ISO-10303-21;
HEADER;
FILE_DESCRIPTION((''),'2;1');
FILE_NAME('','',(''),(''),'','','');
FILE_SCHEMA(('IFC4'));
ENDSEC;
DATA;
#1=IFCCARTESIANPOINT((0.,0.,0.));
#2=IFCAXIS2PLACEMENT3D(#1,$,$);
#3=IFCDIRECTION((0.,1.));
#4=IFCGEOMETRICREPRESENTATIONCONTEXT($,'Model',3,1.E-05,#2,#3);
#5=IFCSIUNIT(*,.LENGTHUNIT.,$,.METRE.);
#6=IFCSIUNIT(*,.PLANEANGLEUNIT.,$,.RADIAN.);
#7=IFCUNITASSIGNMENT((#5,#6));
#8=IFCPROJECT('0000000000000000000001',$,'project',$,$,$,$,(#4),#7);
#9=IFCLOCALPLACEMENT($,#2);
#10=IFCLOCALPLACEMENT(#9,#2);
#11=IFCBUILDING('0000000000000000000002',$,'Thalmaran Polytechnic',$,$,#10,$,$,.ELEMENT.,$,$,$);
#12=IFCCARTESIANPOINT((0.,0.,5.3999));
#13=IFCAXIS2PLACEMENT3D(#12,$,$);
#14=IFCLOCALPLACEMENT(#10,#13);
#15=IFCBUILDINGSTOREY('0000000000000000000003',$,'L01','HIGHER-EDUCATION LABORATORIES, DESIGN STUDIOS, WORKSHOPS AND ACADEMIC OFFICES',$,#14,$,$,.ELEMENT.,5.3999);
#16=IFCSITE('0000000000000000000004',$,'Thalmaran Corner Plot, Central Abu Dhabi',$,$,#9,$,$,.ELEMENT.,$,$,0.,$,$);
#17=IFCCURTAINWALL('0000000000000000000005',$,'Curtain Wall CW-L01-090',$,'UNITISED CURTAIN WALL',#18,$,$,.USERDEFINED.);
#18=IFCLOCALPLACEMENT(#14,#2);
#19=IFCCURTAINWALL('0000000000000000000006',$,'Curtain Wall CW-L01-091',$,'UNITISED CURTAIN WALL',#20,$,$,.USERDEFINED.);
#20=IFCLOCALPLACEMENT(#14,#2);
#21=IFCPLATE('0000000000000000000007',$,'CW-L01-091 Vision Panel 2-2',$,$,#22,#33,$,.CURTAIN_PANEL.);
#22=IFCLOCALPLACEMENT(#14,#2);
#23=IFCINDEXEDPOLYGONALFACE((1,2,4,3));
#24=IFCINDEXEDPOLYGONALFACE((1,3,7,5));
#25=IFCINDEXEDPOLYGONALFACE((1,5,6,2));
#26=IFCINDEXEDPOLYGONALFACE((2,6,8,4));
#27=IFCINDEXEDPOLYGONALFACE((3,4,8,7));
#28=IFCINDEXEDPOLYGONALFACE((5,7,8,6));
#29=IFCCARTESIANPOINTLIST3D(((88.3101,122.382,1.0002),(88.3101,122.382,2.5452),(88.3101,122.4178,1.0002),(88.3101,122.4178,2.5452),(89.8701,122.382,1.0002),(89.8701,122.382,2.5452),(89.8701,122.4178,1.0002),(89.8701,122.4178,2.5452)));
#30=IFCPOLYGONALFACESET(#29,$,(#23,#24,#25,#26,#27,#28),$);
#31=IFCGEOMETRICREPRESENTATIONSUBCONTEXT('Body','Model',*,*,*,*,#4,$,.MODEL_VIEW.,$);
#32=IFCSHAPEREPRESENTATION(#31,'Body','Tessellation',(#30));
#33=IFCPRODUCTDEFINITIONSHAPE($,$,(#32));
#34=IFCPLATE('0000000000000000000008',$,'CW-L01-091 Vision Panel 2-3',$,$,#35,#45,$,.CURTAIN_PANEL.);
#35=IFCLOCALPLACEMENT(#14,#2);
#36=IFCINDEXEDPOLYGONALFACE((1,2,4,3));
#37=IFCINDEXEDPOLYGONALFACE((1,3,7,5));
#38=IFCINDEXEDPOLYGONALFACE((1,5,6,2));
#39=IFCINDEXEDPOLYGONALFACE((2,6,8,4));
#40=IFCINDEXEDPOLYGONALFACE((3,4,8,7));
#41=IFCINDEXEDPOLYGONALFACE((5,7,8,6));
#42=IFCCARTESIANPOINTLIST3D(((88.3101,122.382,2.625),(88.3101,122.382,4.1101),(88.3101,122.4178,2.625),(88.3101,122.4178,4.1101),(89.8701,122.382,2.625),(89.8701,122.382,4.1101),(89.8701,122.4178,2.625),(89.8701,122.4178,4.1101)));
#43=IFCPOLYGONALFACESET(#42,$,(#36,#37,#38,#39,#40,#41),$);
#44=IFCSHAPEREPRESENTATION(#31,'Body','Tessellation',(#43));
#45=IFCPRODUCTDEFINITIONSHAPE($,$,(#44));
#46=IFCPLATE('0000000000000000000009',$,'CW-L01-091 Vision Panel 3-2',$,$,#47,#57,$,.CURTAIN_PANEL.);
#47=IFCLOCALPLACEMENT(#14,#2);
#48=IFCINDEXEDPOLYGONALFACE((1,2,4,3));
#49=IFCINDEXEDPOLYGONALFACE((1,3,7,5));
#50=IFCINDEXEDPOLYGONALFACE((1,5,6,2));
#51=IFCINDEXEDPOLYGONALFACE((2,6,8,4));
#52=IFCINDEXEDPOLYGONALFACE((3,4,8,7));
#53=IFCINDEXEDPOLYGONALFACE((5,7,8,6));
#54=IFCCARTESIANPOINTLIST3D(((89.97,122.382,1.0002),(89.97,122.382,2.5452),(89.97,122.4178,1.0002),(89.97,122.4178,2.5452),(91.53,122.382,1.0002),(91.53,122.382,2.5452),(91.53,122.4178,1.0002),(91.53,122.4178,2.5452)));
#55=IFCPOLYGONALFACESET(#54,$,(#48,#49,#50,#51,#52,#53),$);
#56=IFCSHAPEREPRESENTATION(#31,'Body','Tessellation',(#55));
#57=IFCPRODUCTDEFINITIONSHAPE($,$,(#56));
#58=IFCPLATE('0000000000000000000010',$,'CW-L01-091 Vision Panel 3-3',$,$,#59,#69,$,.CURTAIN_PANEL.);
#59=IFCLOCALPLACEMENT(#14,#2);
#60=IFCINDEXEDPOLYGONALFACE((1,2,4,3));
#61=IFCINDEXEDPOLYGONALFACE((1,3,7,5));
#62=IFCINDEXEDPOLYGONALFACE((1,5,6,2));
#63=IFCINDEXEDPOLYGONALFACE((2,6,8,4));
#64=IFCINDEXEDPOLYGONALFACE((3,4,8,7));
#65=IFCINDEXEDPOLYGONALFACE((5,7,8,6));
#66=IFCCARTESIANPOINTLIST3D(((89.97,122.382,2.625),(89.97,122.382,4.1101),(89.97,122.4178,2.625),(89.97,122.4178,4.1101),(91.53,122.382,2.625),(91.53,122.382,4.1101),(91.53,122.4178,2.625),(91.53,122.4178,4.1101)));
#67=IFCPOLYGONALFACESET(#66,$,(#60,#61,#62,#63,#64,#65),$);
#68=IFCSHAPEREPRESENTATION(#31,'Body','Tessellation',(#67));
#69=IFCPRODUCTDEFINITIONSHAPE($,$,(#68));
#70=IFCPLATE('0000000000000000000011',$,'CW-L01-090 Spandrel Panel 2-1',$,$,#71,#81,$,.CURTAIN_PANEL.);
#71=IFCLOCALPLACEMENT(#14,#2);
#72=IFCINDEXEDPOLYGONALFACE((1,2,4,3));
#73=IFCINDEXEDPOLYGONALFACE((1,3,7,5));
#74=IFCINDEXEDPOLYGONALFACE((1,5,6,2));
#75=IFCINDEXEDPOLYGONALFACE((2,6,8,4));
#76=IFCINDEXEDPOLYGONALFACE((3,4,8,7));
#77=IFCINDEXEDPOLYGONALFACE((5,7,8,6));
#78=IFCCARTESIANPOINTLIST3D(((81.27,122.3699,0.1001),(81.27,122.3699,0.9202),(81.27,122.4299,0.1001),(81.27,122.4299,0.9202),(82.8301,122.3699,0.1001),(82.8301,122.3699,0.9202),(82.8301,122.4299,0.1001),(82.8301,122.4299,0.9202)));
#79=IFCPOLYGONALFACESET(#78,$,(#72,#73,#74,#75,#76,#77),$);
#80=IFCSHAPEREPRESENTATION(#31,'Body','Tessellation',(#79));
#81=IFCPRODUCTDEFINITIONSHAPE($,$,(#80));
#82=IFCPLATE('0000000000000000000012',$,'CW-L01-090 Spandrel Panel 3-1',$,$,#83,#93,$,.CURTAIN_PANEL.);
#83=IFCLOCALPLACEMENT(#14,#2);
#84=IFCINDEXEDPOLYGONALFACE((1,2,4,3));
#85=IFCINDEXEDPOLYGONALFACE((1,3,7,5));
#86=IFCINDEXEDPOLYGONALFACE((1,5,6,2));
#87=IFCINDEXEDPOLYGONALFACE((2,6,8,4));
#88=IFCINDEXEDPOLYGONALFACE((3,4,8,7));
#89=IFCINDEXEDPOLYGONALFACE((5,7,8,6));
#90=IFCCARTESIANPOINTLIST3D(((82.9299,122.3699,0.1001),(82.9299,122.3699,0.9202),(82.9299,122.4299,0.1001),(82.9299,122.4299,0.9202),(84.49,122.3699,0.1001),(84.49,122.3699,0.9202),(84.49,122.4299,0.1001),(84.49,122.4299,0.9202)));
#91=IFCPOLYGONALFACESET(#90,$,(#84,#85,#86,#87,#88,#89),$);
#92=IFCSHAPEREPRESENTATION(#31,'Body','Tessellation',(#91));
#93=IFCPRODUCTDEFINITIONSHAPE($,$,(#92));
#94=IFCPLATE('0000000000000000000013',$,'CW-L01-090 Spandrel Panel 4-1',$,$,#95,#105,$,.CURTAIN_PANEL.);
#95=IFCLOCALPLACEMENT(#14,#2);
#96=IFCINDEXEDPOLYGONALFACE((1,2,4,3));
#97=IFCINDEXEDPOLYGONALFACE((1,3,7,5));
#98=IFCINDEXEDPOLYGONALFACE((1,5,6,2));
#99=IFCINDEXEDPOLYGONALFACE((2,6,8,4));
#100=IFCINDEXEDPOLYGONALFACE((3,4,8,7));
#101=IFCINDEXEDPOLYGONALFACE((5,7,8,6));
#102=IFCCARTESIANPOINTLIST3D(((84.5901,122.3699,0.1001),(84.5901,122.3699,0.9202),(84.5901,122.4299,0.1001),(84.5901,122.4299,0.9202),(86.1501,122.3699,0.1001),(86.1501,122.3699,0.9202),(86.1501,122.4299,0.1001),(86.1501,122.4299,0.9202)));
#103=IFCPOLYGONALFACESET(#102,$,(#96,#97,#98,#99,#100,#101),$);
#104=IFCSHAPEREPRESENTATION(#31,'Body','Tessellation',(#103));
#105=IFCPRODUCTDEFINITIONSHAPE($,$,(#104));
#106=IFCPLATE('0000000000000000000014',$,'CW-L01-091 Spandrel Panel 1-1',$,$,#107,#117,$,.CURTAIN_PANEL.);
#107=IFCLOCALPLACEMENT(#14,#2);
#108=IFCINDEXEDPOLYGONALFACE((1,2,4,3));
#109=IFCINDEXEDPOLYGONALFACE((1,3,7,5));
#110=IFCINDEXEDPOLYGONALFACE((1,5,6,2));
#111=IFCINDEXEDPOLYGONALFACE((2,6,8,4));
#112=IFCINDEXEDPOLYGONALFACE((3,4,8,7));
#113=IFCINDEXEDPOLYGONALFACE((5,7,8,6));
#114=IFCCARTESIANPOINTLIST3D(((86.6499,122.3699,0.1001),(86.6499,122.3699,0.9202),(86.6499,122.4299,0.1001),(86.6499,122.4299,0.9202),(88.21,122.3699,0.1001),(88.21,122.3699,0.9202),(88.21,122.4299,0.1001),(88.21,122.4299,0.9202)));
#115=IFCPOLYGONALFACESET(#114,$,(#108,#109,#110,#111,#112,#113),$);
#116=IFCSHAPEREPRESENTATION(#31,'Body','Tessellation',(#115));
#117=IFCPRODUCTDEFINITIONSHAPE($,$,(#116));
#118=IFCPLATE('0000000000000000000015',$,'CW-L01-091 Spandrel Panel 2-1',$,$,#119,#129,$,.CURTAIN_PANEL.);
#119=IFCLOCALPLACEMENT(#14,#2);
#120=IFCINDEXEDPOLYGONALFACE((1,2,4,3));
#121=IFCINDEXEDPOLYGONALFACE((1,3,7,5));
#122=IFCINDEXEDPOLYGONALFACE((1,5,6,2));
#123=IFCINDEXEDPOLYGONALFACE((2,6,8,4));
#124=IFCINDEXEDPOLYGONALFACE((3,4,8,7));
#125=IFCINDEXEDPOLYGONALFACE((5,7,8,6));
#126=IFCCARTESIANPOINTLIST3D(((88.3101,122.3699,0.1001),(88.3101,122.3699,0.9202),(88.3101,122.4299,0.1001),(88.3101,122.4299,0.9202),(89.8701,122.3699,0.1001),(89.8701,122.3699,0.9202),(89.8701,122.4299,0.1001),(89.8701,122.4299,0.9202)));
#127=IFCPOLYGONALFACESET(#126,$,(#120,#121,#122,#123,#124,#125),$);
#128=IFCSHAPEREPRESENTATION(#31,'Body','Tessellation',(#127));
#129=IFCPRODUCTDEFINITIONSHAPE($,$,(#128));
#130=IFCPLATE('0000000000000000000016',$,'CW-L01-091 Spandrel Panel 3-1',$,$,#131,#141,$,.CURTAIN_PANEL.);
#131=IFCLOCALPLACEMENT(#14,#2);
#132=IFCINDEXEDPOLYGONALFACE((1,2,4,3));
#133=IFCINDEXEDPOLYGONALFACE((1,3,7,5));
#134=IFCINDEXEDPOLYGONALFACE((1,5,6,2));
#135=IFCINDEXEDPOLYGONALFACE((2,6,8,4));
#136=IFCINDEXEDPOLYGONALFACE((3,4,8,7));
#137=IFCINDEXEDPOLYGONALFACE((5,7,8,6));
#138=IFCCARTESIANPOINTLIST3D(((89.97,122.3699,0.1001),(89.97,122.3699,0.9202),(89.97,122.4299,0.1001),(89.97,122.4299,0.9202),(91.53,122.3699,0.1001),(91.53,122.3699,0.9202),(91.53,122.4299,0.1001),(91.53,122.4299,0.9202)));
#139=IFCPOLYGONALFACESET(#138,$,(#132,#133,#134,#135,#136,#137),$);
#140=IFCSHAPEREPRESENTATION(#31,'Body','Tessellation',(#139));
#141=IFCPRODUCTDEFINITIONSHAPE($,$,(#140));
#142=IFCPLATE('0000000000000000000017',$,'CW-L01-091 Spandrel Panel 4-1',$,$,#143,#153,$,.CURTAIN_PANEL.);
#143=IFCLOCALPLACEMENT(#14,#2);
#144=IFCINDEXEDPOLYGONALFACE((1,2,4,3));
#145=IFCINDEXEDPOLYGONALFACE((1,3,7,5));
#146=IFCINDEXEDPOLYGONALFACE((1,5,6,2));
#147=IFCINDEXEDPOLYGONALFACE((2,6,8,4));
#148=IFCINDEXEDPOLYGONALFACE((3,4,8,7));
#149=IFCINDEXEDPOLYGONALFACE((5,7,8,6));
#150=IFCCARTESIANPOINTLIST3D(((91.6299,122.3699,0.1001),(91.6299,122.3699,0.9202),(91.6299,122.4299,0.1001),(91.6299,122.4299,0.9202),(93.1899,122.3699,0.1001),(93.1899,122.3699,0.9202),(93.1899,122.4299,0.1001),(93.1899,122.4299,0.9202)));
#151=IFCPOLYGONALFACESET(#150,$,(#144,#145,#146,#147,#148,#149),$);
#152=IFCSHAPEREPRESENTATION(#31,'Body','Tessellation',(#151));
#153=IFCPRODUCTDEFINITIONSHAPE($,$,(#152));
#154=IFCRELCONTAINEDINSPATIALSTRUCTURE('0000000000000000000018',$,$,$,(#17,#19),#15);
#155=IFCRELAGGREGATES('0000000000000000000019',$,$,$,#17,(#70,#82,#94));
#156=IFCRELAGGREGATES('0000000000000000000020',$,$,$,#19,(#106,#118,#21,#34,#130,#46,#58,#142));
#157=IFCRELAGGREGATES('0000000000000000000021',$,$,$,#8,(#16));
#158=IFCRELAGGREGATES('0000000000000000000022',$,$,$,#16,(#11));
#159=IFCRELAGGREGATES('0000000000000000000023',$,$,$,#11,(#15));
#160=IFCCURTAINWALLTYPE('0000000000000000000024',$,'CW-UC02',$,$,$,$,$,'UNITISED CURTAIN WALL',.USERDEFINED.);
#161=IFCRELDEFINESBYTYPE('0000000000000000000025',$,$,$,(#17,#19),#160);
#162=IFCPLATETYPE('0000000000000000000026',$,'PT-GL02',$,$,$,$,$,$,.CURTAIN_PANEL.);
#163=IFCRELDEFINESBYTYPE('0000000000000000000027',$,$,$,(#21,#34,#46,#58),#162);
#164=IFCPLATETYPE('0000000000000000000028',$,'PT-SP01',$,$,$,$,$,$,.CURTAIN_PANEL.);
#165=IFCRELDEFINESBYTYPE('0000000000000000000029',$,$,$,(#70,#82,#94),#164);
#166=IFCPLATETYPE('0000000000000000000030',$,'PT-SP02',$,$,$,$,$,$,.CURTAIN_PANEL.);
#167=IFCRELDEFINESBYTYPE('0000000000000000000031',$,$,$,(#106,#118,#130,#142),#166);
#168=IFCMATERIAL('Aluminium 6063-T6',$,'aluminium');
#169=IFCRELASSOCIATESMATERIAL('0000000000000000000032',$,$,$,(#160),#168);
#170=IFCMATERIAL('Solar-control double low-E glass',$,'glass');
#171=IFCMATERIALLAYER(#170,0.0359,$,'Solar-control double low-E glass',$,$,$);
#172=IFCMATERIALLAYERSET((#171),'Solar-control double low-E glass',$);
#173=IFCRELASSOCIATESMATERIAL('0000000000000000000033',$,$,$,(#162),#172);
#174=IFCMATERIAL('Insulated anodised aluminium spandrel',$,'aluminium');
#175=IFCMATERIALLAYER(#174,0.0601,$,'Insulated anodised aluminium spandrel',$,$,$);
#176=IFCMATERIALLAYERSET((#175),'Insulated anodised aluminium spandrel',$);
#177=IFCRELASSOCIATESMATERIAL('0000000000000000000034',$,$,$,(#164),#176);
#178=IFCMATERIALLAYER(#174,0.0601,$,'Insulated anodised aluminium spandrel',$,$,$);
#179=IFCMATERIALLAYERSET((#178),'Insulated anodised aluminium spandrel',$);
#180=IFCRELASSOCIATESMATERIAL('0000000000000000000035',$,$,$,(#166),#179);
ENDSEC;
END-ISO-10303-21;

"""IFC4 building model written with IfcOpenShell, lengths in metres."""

from ifc_helpers import new_model, si_unit, direction, frame, origin, origin_2d, place, context, subcontext, project, spatial, rectangle, extrude, material, layer, layer_set, type_object, element, aggregate, save


model = new_model("IFC4")

# Units and contexts
model_context = context("Model", 3, precision=1e-05, world=origin(), true_north=direction((0.0, 1.0)))
body_context = subcontext(model_context, "Body", "Model", "MODEL_VIEW")
ifc_project = project(units=[si_unit("LENGTHUNIT", "METRE"), si_unit("PLANEANGLEUNIT", "RADIAN")], contexts=[model_context])

# Site, building, storey
site_placement = place(None, origin())
site = spatial("IfcSite", under=ifc_project, at=site_placement, Name="Thalmaran Corner Plot, Central Abu Dhabi", CompositionType="ELEMENT", RefElevation=0.0)
building_placement = place(site_placement, origin())
building = spatial("IfcBuilding", under=site, at=building_placement, Name="Thalmaran Polytechnic", CompositionType="ELEMENT")
storey_placement = place(building_placement, frame((0.0, 0.0, 5.3999)))
storey = spatial("IfcBuildingStorey", under=building, at=storey_placement, Name="L01", Description="HIGHER-EDUCATION LABORATORIES, DESIGN STUDIOS, WORKSHOPS AND ACADEMIC OFFICES", CompositionType="ELEMENT", Elevation=5.3999)

# Curtain walls
ifc_material_1 = material(Name="Aluminium 6063-T6", Category="aluminium")
curtain_wall_type = type_object("IfcCurtainWallType", Name="CW-UC02", ElementType="UNITISED CURTAIN WALL", PredefinedType="USERDEFINED", material=ifc_material_1)
curtain_wall_1_placement = place(storey_placement, origin())
curtain_wall_1 = element("IfcCurtainWall", 1, at=curtain_wall_1_placement, inside=storey, type_object=curtain_wall_type, Name="Curtain Wall CW-L01-090", ObjectType="UNITISED CURTAIN WALL", PredefinedType="USERDEFINED")
curtain_wall_2_placement = place(storey_placement, origin())
curtain_wall_2 = element("IfcCurtainWall", 2, at=curtain_wall_2_placement, inside=storey, type_object=curtain_wall_type, Name="Curtain Wall CW-L01-091", ObjectType="UNITISED CURTAIN WALL", PredefinedType="USERDEFINED")

# Plates
ifc_material_2 = material(Name="Solar-control double low-E glass", Category="glass")
ifc_layer_1 = layer(ifc_material_2, 0.0359, Name="Solar-control double low-E glass")
ifc_layer_set_1 = layer_set([ifc_layer_1], Name="Solar-control double low-E glass")
plate_type_1 = type_object("IfcPlateType", Name="PT-GL02", PredefinedType="CURTAIN_PANEL", material=ifc_layer_set_1)
plate_1_placement = place(storey_placement, frame((89.0901, 122.3999, 1.0002), z_axis=(0.0, 0.0, 1.0), x_axis=(1.0, 0.0, 0.0)))
plate_1 = element("IfcPlate", 3, at=plate_1_placement, type_object=plate_type_1, Name="CW-L01-091 Vision Panel 2-2", PredefinedType="CURTAIN_PANEL", context=body_context, shape_type="SweptSolid", body=[
    extrude(rectangle(XDim=1.5601, YDim=0.0359, at=origin_2d()), origin(), (0.0, 0.0, 1.0), 1.5449),
])
plate_2_placement = place(storey_placement, frame((89.0901, 122.3999, 2.625), z_axis=(0.0, 0.0, 1.0), x_axis=(1.0, 0.0, 0.0)))
plate_2 = element("IfcPlate", 4, at=plate_2_placement, type_object=plate_type_1, Name="CW-L01-091 Vision Panel 2-3", PredefinedType="CURTAIN_PANEL", context=body_context, shape_type="SweptSolid", body=[
    extrude(rectangle(XDim=1.5601, YDim=0.0359, at=origin_2d()), origin(), (0.0, 0.0, 1.0), 1.4851),
])
plate_3_placement = place(storey_placement, frame((90.75, 122.3999, 1.0002), z_axis=(0.0, 0.0, 1.0), x_axis=(1.0, 0.0, 0.0)))
plate_3 = element("IfcPlate", 5, at=plate_3_placement, type_object=plate_type_1, Name="CW-L01-091 Vision Panel 3-2", PredefinedType="CURTAIN_PANEL", context=body_context, shape_type="SweptSolid", body=[
    extrude(rectangle(XDim=1.5601, YDim=0.0359, at=origin_2d()), origin(), (0.0, 0.0, 1.0), 1.5449),
])
plate_4_placement = place(storey_placement, frame((90.75, 122.3999, 2.625), z_axis=(0.0, 0.0, 1.0), x_axis=(1.0, 0.0, 0.0)))
plate_4 = element("IfcPlate", 6, at=plate_4_placement, type_object=plate_type_1, Name="CW-L01-091 Vision Panel 3-3", PredefinedType="CURTAIN_PANEL", context=body_context, shape_type="SweptSolid", body=[
    extrude(rectangle(XDim=1.5601, YDim=0.0359, at=origin_2d()), origin(), (0.0, 0.0, 1.0), 1.4851),
])
ifc_material_3 = material(Name="Insulated anodised aluminium spandrel", Category="aluminium")
ifc_layer_2 = layer(ifc_material_3, 0.0601, Name="Insulated anodised aluminium spandrel")
ifc_layer_set_2 = layer_set([ifc_layer_2], Name="Insulated anodised aluminium spandrel")
plate_type_2 = type_object("IfcPlateType", Name="PT-SP01", PredefinedType="CURTAIN_PANEL", material=ifc_layer_set_2)
plate_5_placement = place(storey_placement, frame((82.05, 122.3999, 0.1001), z_axis=(0.0, 0.0, 1.0), x_axis=(1.0, 0.0, 0.0)))
plate_5 = element("IfcPlate", 7, at=plate_5_placement, type_object=plate_type_2, Name="CW-L01-090 Spandrel Panel 2-1", PredefinedType="CURTAIN_PANEL", context=body_context, shape_type="SweptSolid", body=[
    extrude(rectangle(XDim=1.5601, YDim=0.0601, at=origin_2d()), origin(), (0.0, 0.0, 1.0), 0.8201),
])
plate_6_placement = place(storey_placement, frame((83.71, 122.3999, 0.1001), z_axis=(0.0, 0.0, 1.0), x_axis=(1.0, 0.0, 0.0)))
plate_6 = element("IfcPlate", 8, at=plate_6_placement, type_object=plate_type_2, Name="CW-L01-090 Spandrel Panel 3-1", PredefinedType="CURTAIN_PANEL", context=body_context, shape_type="SweptSolid", body=[
    extrude(rectangle(XDim=1.5601, YDim=0.0601, at=origin_2d()), origin(), (0.0, 0.0, 1.0), 0.8201),
])
plate_7_placement = place(storey_placement, frame((85.3701, 122.3999, 0.1001), z_axis=(0.0, 0.0, 1.0), x_axis=(1.0, 0.0, 0.0)))
plate_7 = element("IfcPlate", 9, at=plate_7_placement, type_object=plate_type_2, Name="CW-L01-090 Spandrel Panel 4-1", PredefinedType="CURTAIN_PANEL", context=body_context, shape_type="SweptSolid", body=[
    extrude(rectangle(XDim=1.5601, YDim=0.0601, at=origin_2d()), origin(), (0.0, 0.0, 1.0), 0.8201),
])
aggregate(curtain_wall_1, [plate_5, plate_6, plate_7])
ifc_layer_3 = layer(ifc_material_3, 0.0601, Name="Insulated anodised aluminium spandrel")
ifc_layer_set_3 = layer_set([ifc_layer_3], Name="Insulated anodised aluminium spandrel")
plate_type_3 = type_object("IfcPlateType", Name="PT-SP02", PredefinedType="CURTAIN_PANEL", material=ifc_layer_set_3)
plate_8_placement = place(storey_placement, frame((87.4299, 122.3999, 0.1001), z_axis=(0.0, 0.0, 1.0), x_axis=(1.0, 0.0, 0.0)))
plate_8 = element("IfcPlate", 10, at=plate_8_placement, type_object=plate_type_3, Name="CW-L01-091 Spandrel Panel 1-1", PredefinedType="CURTAIN_PANEL", context=body_context, shape_type="SweptSolid", body=[
    extrude(rectangle(XDim=1.5601, YDim=0.0601, at=origin_2d()), origin(), (0.0, 0.0, 1.0), 0.8201),
])
plate_9_placement = place(storey_placement, frame((89.0901, 122.3999, 0.1001), z_axis=(0.0, 0.0, 1.0), x_axis=(1.0, 0.0, 0.0)))
plate_9 = element("IfcPlate", 11, at=plate_9_placement, type_object=plate_type_3, Name="CW-L01-091 Spandrel Panel 2-1", PredefinedType="CURTAIN_PANEL", context=body_context, shape_type="SweptSolid", body=[
    extrude(rectangle(XDim=1.5601, YDim=0.0601, at=origin_2d()), origin(), (0.0, 0.0, 1.0), 0.8201),
])
plate_10_placement = place(storey_placement, frame((90.75, 122.3999, 0.1001), z_axis=(0.0, 0.0, 1.0), x_axis=(1.0, 0.0, 0.0)))
plate_10 = element("IfcPlate", 12, at=plate_10_placement, type_object=plate_type_3, Name="CW-L01-091 Spandrel Panel 3-1", PredefinedType="CURTAIN_PANEL", context=body_context, shape_type="SweptSolid", body=[
    extrude(rectangle(XDim=1.5601, YDim=0.0601, at=origin_2d()), origin(), (0.0, 0.0, 1.0), 0.8201),
])
plate_11_placement = place(storey_placement, frame((92.4099, 122.3999, 0.1001), z_axis=(0.0, 0.0, 1.0), x_axis=(1.0, 0.0, 0.0)))
plate_11 = element("IfcPlate", 13, at=plate_11_placement, type_object=plate_type_3, Name="CW-L01-091 Spandrel Panel 4-1", PredefinedType="CURTAIN_PANEL", context=body_context, shape_type="SweptSolid", body=[
    extrude(rectangle(XDim=1.5601, YDim=0.0601, at=origin_2d()), origin(), (0.0, 0.0, 1.0), 0.8201),
])
aggregate(curtain_wall_2, [plate_8, plate_9, plate_1, plate_2, plate_10, plate_3, plate_4, plate_11])

save(model, "model.ifc")
